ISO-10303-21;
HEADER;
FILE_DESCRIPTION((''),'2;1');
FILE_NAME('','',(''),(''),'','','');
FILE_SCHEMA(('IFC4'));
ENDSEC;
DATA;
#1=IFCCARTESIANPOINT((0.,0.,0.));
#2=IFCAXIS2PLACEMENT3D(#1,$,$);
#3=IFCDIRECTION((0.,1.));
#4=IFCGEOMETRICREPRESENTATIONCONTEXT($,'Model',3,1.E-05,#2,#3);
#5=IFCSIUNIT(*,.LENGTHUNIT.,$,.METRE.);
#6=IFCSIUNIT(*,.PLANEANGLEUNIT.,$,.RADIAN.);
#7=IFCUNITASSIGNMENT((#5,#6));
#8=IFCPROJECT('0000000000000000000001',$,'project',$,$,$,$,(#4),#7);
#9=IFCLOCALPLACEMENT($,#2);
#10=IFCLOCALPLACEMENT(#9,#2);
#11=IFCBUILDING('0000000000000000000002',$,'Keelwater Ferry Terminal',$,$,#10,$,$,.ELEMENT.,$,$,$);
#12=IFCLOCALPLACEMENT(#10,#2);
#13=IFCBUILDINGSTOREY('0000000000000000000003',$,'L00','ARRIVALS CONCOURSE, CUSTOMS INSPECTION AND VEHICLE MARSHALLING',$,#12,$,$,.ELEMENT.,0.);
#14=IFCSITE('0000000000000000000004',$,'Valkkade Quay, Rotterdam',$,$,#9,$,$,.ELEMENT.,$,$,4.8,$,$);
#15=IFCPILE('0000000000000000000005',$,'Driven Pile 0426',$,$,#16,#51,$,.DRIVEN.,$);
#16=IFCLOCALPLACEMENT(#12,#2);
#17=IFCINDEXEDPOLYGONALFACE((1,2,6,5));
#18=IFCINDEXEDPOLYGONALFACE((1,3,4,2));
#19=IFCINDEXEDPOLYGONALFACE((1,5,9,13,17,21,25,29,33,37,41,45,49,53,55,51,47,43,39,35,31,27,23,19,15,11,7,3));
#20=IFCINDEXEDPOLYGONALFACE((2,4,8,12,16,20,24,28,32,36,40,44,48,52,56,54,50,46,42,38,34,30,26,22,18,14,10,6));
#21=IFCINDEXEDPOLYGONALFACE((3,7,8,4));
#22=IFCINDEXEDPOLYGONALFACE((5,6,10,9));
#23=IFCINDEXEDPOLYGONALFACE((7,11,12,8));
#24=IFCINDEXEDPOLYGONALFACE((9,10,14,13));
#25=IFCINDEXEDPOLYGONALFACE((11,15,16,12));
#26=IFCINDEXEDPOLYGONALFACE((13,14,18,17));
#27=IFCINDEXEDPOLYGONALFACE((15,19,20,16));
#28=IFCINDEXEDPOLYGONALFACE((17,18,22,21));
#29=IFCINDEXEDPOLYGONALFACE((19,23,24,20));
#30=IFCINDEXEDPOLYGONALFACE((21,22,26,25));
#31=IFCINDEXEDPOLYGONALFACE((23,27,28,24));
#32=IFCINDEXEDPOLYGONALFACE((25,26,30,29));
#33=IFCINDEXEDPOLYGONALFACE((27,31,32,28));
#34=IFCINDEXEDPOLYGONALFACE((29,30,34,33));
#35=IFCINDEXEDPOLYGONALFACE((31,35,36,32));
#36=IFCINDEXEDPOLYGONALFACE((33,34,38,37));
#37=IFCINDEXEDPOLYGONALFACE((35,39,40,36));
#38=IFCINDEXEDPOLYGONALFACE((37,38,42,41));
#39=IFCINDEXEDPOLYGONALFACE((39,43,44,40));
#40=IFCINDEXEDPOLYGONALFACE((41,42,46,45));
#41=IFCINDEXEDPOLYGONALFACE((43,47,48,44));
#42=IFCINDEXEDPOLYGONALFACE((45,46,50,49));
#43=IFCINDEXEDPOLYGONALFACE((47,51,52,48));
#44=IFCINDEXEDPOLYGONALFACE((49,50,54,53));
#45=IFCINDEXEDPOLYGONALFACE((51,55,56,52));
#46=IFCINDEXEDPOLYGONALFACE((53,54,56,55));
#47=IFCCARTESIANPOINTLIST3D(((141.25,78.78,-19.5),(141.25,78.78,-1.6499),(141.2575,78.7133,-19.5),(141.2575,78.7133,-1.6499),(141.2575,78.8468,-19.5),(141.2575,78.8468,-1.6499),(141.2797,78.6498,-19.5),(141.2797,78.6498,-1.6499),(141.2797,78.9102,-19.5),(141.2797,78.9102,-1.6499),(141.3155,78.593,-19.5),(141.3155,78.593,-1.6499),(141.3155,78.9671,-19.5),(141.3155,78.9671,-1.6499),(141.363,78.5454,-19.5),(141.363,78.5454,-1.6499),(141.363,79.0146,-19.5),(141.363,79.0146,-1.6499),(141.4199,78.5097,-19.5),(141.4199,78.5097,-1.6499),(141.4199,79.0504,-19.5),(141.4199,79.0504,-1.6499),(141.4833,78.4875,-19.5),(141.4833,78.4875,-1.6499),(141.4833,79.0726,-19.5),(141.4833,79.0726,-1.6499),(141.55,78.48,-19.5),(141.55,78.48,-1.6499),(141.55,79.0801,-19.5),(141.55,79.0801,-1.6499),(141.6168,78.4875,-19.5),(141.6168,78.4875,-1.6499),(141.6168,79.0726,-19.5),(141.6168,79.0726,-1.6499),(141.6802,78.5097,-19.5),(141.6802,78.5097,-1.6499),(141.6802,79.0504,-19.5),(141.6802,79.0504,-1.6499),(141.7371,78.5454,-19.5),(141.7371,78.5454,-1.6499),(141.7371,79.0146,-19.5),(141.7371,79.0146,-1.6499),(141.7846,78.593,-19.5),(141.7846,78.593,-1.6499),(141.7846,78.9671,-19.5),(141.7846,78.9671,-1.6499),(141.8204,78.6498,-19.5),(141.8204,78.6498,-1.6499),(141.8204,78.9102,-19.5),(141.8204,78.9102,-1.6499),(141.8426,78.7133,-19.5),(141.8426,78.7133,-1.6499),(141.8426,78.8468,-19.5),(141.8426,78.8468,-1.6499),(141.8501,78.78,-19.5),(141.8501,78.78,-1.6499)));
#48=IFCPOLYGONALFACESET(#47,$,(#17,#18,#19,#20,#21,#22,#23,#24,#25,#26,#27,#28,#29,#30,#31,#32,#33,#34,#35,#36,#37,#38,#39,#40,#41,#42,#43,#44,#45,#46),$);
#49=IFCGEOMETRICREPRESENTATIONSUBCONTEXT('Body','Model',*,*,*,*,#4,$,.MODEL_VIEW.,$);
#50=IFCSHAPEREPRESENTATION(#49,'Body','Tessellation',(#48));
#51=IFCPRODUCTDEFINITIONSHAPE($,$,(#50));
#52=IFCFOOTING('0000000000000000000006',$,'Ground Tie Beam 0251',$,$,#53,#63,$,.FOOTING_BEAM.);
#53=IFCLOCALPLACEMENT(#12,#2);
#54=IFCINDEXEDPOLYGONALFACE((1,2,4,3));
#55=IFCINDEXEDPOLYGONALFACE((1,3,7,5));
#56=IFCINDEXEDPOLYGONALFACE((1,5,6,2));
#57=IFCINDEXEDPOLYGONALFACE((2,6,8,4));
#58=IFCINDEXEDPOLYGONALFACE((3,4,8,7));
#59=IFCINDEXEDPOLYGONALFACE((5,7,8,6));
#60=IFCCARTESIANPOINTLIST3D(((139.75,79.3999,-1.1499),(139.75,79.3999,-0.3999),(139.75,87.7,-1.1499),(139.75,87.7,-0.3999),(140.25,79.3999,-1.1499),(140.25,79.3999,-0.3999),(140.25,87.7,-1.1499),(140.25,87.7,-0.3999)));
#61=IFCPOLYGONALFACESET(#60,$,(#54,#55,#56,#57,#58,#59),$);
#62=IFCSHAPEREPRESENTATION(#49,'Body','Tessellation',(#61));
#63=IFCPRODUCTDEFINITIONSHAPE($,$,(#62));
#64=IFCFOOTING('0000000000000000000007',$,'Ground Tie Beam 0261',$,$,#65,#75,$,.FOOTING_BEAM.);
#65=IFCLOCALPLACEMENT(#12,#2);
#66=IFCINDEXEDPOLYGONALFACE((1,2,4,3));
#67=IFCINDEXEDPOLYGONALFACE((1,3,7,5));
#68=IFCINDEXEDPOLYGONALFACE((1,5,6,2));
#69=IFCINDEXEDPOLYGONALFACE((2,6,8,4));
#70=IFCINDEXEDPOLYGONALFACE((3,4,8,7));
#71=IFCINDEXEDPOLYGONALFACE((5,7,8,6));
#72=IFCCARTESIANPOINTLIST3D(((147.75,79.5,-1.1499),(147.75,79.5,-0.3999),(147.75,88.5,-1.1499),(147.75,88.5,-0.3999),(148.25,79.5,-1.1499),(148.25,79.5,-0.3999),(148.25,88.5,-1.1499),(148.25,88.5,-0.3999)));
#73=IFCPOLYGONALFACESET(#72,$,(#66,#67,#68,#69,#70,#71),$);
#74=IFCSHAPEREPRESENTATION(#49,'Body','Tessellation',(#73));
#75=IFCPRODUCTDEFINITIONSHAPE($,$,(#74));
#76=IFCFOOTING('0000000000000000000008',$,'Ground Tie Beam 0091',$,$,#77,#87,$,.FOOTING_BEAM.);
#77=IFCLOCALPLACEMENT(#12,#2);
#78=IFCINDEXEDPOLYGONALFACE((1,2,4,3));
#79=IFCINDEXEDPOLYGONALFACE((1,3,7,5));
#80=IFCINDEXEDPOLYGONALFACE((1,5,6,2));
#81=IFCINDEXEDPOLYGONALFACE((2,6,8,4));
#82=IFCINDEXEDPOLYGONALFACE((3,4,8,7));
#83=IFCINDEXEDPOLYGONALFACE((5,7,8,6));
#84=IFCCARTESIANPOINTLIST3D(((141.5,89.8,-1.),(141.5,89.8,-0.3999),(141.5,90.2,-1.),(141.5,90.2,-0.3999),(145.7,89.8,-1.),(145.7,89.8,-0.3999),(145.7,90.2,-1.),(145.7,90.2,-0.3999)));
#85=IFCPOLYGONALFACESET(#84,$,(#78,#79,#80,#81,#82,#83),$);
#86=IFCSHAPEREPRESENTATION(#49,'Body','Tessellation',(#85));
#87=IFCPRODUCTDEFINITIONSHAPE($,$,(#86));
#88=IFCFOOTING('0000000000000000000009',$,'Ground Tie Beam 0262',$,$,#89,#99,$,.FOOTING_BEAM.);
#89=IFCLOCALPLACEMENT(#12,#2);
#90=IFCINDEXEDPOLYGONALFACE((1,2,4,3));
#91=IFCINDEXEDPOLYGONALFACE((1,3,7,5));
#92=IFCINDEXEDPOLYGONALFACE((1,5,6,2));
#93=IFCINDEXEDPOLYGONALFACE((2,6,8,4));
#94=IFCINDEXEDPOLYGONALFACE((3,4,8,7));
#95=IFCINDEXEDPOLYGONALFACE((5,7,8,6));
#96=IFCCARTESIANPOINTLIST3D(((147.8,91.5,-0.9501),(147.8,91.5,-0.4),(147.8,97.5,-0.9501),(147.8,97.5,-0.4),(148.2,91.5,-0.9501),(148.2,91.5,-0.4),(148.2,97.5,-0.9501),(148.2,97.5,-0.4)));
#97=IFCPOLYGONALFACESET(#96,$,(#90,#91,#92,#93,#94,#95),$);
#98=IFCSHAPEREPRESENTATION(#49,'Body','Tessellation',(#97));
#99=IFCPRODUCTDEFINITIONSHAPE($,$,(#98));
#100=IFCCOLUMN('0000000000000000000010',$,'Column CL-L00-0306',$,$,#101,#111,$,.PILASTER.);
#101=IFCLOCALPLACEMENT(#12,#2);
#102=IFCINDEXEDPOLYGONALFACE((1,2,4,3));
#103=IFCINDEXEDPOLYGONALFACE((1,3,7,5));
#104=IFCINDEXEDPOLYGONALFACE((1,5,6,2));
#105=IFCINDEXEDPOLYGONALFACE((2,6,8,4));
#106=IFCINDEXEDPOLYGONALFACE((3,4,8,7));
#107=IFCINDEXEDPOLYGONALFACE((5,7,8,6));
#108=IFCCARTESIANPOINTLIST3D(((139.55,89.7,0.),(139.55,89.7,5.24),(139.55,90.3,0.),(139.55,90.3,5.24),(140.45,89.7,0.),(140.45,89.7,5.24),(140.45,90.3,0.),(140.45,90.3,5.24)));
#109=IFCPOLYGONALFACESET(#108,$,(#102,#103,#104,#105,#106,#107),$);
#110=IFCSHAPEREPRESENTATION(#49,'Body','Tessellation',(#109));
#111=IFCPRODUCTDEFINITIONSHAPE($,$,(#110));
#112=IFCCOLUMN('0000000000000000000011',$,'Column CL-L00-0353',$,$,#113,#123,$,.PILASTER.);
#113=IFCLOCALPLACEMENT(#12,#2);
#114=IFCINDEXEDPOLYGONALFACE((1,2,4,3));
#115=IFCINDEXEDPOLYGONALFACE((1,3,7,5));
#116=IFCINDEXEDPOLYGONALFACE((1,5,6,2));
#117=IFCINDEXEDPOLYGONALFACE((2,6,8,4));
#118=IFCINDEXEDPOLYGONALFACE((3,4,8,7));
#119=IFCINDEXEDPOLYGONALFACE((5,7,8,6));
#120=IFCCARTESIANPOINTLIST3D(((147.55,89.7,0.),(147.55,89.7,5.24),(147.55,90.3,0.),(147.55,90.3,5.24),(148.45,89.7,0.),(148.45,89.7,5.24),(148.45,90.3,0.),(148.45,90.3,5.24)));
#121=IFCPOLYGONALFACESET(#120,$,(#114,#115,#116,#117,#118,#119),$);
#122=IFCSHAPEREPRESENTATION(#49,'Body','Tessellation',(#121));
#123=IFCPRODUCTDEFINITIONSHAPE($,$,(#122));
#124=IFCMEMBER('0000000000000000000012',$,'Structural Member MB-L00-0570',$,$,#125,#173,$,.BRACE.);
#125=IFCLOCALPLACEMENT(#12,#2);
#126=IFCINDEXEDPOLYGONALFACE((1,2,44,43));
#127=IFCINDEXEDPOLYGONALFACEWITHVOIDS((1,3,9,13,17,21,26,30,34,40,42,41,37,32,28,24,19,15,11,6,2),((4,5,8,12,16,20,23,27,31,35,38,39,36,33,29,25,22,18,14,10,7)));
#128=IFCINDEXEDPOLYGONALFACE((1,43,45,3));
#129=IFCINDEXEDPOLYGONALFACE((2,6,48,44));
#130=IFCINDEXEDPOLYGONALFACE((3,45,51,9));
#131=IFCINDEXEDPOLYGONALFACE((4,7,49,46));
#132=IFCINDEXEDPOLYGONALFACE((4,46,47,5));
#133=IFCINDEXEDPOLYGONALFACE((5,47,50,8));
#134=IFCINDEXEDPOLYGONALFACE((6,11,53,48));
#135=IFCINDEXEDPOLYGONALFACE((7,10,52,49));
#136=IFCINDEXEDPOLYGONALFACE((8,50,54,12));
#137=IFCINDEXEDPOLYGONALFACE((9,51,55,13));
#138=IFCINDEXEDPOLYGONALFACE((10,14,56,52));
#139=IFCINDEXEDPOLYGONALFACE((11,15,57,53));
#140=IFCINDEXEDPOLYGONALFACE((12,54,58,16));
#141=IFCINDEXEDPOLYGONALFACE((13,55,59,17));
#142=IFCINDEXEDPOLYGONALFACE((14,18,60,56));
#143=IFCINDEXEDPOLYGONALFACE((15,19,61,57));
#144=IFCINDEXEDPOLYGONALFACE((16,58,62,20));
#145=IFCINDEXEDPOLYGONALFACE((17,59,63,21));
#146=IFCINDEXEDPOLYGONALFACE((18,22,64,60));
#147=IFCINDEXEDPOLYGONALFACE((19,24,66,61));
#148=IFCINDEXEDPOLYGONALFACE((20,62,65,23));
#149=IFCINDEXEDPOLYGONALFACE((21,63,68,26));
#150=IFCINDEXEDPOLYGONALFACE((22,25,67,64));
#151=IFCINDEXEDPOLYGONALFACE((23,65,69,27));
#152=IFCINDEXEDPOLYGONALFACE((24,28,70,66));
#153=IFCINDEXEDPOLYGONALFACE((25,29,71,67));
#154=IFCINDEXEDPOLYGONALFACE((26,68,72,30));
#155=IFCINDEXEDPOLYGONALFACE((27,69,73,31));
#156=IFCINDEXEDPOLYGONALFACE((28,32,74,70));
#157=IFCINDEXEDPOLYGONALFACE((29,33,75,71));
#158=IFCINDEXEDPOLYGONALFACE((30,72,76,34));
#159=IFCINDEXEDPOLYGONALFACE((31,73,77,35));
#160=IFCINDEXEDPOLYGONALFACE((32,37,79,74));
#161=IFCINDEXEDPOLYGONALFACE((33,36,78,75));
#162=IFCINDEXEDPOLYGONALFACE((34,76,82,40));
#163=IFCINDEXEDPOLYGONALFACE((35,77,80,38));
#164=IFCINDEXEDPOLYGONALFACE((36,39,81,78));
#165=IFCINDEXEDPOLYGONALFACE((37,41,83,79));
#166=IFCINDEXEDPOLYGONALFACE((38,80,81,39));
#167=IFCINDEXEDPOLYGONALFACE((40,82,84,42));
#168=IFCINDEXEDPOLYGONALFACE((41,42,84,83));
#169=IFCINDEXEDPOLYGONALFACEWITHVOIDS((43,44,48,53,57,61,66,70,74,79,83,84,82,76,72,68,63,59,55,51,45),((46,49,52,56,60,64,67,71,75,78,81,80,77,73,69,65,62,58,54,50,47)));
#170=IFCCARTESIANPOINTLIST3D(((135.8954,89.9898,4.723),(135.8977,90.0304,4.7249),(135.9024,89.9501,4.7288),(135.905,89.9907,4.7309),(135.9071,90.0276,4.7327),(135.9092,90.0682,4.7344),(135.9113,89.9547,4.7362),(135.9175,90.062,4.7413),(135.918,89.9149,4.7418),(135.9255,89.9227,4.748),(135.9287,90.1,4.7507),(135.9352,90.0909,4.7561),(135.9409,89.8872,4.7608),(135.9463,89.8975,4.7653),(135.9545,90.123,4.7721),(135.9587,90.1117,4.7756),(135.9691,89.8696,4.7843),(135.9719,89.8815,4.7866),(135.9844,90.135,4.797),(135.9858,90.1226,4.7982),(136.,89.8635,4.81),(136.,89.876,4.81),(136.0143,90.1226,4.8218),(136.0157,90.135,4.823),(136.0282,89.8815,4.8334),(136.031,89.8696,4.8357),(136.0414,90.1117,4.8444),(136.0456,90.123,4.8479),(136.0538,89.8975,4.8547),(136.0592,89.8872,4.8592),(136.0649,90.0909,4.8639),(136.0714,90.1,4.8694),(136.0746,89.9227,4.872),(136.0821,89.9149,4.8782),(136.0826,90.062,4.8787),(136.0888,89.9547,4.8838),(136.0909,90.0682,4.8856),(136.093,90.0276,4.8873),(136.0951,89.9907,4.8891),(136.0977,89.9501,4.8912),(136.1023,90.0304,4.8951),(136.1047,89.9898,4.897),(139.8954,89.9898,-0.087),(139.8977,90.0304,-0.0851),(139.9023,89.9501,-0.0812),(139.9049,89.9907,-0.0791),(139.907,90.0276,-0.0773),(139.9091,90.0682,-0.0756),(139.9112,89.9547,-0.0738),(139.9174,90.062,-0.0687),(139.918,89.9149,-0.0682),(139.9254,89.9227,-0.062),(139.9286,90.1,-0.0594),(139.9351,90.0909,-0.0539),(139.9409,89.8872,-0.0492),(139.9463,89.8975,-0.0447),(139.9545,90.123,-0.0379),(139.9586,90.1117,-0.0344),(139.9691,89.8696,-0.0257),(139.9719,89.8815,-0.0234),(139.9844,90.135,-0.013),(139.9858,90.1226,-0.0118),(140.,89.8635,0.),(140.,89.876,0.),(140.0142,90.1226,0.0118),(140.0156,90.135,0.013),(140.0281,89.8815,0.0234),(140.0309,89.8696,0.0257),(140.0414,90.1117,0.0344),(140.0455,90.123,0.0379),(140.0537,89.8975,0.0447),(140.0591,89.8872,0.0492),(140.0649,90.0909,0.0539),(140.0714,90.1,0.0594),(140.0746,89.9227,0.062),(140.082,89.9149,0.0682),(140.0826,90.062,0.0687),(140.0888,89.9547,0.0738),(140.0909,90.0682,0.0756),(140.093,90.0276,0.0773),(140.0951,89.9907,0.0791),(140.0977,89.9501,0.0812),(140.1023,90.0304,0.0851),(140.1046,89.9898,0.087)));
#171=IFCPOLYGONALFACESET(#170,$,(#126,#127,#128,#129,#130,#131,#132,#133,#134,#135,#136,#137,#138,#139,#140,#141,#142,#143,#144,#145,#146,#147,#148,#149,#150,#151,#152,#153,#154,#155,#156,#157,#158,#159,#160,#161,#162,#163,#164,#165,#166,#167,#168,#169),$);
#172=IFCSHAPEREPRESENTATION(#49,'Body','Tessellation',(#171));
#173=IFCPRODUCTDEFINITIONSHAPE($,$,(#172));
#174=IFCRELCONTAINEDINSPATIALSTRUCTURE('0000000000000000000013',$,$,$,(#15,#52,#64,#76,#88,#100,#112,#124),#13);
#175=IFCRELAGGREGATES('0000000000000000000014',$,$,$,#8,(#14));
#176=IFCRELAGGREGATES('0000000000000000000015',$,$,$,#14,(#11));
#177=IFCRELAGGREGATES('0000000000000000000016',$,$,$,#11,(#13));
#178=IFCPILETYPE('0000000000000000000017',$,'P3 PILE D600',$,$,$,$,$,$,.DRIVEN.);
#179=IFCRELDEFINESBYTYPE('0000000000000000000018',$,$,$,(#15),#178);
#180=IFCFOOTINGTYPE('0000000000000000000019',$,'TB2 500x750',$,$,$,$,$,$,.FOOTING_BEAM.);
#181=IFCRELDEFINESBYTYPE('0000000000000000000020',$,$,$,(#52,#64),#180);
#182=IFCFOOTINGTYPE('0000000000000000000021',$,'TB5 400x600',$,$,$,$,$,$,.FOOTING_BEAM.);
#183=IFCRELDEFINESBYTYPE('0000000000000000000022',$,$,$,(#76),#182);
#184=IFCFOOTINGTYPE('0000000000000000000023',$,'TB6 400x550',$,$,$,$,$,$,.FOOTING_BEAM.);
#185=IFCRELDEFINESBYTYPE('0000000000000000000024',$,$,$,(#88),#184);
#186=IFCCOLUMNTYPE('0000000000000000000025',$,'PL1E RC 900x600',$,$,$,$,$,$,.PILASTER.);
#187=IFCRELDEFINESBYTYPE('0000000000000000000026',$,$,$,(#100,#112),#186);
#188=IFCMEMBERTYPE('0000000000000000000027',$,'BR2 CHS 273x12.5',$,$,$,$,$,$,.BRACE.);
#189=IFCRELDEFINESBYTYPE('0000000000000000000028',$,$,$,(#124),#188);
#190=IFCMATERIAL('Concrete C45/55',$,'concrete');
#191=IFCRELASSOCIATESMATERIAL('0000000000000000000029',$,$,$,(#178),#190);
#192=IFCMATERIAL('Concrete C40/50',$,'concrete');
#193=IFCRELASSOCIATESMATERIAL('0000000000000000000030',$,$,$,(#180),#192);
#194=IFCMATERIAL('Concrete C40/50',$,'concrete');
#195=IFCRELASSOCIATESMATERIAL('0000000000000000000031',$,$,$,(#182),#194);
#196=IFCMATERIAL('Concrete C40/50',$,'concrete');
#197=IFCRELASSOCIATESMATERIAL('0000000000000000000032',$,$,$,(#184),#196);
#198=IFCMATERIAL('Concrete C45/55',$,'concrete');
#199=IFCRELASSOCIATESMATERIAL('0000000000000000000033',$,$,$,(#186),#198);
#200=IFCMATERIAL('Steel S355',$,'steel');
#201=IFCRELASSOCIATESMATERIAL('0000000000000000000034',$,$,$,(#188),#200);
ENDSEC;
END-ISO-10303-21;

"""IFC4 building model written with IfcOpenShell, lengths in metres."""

from ifc_helpers import new_model, si_unit, direction, frame, origin, origin_2d, place, context, subcontext, project, spatial, rectangle, circle, hollow_circle, extrude, material, material_profile, profile_set, type_object, element, save


model = new_model("IFC4")

# Units and contexts
model_context = context("Model", 3, precision=1e-05, world=origin(), true_north=direction((0.0, 1.0)))
body_context = subcontext(model_context, "Body", "Model", "MODEL_VIEW")
ifc_project = project(units=[si_unit("LENGTHUNIT", "METRE"), si_unit("PLANEANGLEUNIT", "RADIAN")], contexts=[model_context])

# Site, building, storey
site_placement = place(None, origin())
site = spatial("IfcSite", under=ifc_project, at=site_placement, Name="Valkkade Quay, Rotterdam", CompositionType="ELEMENT", RefElevation=4.8)
building_placement = place(site_placement, origin())
building = spatial("IfcBuilding", under=site, at=building_placement, Name="Keelwater Ferry Terminal", CompositionType="ELEMENT")
storey_placement = place(building_placement, origin())
storey = spatial("IfcBuildingStorey", under=building, at=storey_placement, Name="L00", Description="ARRIVALS CONCOURSE, CUSTOMS INSPECTION AND VEHICLE MARSHALLING", CompositionType="ELEMENT", Elevation=0.0)

# Pile
ifc_material_1 = material(Name="Concrete C45/55", Category="concrete")
ifc_material_profile_1 = material_profile(ifc_material_1, circle(Radius=0.3, at=origin_2d()), Name="PILE D600")
ifc_profile_set_1 = profile_set([ifc_material_profile_1], Name="Concrete C45/55")
pile_type_1 = type_object("IfcPileType", Name="P3 PILE D600", PredefinedType="DRIVEN", material=ifc_profile_set_1)
for number, where, z_axis, x_axis, name in (
    (1, (141.55, 78.78, -1.6499), (0.0, 0.0, -1.0), (1.0, 0.0, 0.0), "Driven Pile 0426"),
):
    element("IfcPile", number, at=place(storey_placement, frame(where, z_axis=z_axis, x_axis=x_axis)), inside=storey, type_object=pile_type_1, Name=name, PredefinedType="DRIVEN", context=body_context, shape_type="SweptSolid", body=[
        extrude(circle(Radius=0.3, at=origin_2d()), origin(), (0.0, 0.0, 1.0), 17.8501),
    ])

# Footings
ifc_material_2 = material(Name="Concrete C40/50", Category="concrete")
ifc_material_profile_2 = material_profile(ifc_material_2, rectangle(XDim=0.5, YDim=0.75, at=origin_2d()), Name="TB 500x750")
ifc_profile_set_2 = profile_set([ifc_material_profile_2], Name="Concrete C40/50")
footing_type_1 = type_object("IfcFootingType", Name="TB2 500x750", PredefinedType="FOOTING_BEAM", material=ifc_profile_set_2)
footing_1_placement = place(storey_placement, frame((140.0, 79.3999, -0.7749), z_axis=(0.0, 1.0, 0.0), x_axis=(-1.0, 0.0, 0.0)))
element("IfcFooting", 2, at=footing_1_placement, inside=storey, type_object=footing_type_1, Name="Ground Tie Beam 0251", PredefinedType="FOOTING_BEAM", context=body_context, shape_type="SweptSolid", body=[
    extrude(rectangle(XDim=0.5, YDim=0.75, at=origin_2d()), origin(), (0.0, 0.0, 1.0), 8.3),
])
footing_2_placement = place(storey_placement, frame((148.0, 79.5, -0.7749), z_axis=(0.0, 1.0, 0.0), x_axis=(-1.0, 0.0, 0.0)))
element("IfcFooting", 3, at=footing_2_placement, inside=storey, type_object=footing_type_1, Name="Ground Tie Beam 0261", PredefinedType="FOOTING_BEAM", context=body_context, shape_type="SweptSolid", body=[
    extrude(rectangle(XDim=0.5, YDim=0.75, at=origin_2d()), origin(), (0.0, 0.0, 1.0), 9.0),
])
ifc_material_3 = material(Name="Concrete C40/50", Category="concrete")
ifc_material_profile_3 = material_profile(ifc_material_3, rectangle(XDim=0.3999, YDim=0.6001, at=origin_2d()), Name="TB 400x600")
ifc_profile_set_3 = profile_set([ifc_material_profile_3], Name="Concrete C40/50")
footing_type_2 = type_object("IfcFootingType", Name="TB5 400x600", PredefinedType="FOOTING_BEAM", material=ifc_profile_set_3)
footing_3_placement = place(storey_placement, frame((141.5, 90.0, -0.7), z_axis=(1.0, 0.0, 0.0), x_axis=(0.0, 1.0, 0.0)))
element("IfcFooting", 4, at=footing_3_placement, inside=storey, type_object=footing_type_2, Name="Ground Tie Beam 0091", PredefinedType="FOOTING_BEAM", context=body_context, shape_type="SweptSolid", body=[
    extrude(rectangle(XDim=0.3999, YDim=0.6001, at=origin_2d()), origin(), (0.0, 0.0, 1.0), 4.2),
])
ifc_material_4 = material(Name="Concrete C40/50", Category="concrete")
ifc_material_profile_4 = material_profile(ifc_material_4, rectangle(XDim=0.3999, YDim=0.55, at=origin_2d()), Name="TB 400x550")
ifc_profile_set_4 = profile_set([ifc_material_profile_4], Name="Concrete C40/50")
footing_type_3 = type_object("IfcFootingType", Name="TB6 400x550", PredefinedType="FOOTING_BEAM", material=ifc_profile_set_4)
footing_4_placement = place(storey_placement, frame((148.0, 91.5, -0.675), z_axis=(0.0, 1.0, 0.0), x_axis=(-1.0, 0.0, 0.0)))
element("IfcFooting", 5, at=footing_4_placement, inside=storey, type_object=footing_type_3, Name="Ground Tie Beam 0262", PredefinedType="FOOTING_BEAM", context=body_context, shape_type="SweptSolid", body=[
    extrude(rectangle(XDim=0.3999, YDim=0.55, at=origin_2d()), origin(), (0.0, 0.0, 1.0), 6.0),
])

# Columns
ifc_material_5 = material(Name="Concrete C45/55", Category="concrete")
ifc_material_profile_5 = material_profile(ifc_material_5, rectangle(XDim=0.6001, YDim=0.8999, at=origin_2d()), Name="RC 900x600")
ifc_profile_set_5 = profile_set([ifc_material_profile_5], Name="Concrete C45/55")
column_type = type_object("IfcColumnType", Name="PL1E RC 900x600", PredefinedType="PILASTER", material=ifc_profile_set_5)
for number, where, z_axis, x_axis, name in (
    (6, (140.0, 90.0, 0.0), (0.0, 0.0, 1.0), (0.0, 1.0, 0.0), "Column CL-L00-0306"),
    (7, (148.0, 90.0, 0.0), (0.0, 0.0, 1.0), (0.0, 1.0, 0.0), "Column CL-L00-0353"),
):
    element("IfcColumn", number, at=place(storey_placement, frame(where, z_axis=z_axis, x_axis=x_axis)), inside=storey, type_object=column_type, Name=name, PredefinedType="PILASTER", context=body_context, shape_type="SweptSolid", body=[
        extrude(rectangle(XDim=0.6001, YDim=0.8999, at=origin_2d()), origin(), (0.0, 0.0, 1.0), 5.24),
    ])

# Member
ifc_material_6 = material(Name="Steel S355", Category="steel")
ifc_material_profile_6 = material_profile(ifc_material_6, hollow_circle(Radius=0.1365, WallThickness=0.0125, at=origin_2d()), Name="CHS 273x12.5")
ifc_profile_set_6 = profile_set([ifc_material_profile_6], Name="Steel S355")
member_type_1 = type_object("IfcMemberType", Name="BR2 CHS 273x12.5", PredefinedType="BRACE", material=ifc_profile_set_6)
member_1_placement = place(storey_placement, frame((140.0, 90.0, 0.0), z_axis=(-0.639393, 0.0, 0.76888), x_axis=(0.0, -1.0, 0.0)))
element("IfcMember", 8, at=member_1_placement, inside=storey, type_object=member_type_1, Name="Structural Member MB-L00-0570", PredefinedType="BRACE", context=body_context, shape_type="SweptSolid", body=[
    extrude(hollow_circle(Radius=0.1365, WallThickness=0.0125, at=origin_2d()), origin(), (0.0, 0.0, 1.0), 6.2559),
])

save(model, "model.ifc")
